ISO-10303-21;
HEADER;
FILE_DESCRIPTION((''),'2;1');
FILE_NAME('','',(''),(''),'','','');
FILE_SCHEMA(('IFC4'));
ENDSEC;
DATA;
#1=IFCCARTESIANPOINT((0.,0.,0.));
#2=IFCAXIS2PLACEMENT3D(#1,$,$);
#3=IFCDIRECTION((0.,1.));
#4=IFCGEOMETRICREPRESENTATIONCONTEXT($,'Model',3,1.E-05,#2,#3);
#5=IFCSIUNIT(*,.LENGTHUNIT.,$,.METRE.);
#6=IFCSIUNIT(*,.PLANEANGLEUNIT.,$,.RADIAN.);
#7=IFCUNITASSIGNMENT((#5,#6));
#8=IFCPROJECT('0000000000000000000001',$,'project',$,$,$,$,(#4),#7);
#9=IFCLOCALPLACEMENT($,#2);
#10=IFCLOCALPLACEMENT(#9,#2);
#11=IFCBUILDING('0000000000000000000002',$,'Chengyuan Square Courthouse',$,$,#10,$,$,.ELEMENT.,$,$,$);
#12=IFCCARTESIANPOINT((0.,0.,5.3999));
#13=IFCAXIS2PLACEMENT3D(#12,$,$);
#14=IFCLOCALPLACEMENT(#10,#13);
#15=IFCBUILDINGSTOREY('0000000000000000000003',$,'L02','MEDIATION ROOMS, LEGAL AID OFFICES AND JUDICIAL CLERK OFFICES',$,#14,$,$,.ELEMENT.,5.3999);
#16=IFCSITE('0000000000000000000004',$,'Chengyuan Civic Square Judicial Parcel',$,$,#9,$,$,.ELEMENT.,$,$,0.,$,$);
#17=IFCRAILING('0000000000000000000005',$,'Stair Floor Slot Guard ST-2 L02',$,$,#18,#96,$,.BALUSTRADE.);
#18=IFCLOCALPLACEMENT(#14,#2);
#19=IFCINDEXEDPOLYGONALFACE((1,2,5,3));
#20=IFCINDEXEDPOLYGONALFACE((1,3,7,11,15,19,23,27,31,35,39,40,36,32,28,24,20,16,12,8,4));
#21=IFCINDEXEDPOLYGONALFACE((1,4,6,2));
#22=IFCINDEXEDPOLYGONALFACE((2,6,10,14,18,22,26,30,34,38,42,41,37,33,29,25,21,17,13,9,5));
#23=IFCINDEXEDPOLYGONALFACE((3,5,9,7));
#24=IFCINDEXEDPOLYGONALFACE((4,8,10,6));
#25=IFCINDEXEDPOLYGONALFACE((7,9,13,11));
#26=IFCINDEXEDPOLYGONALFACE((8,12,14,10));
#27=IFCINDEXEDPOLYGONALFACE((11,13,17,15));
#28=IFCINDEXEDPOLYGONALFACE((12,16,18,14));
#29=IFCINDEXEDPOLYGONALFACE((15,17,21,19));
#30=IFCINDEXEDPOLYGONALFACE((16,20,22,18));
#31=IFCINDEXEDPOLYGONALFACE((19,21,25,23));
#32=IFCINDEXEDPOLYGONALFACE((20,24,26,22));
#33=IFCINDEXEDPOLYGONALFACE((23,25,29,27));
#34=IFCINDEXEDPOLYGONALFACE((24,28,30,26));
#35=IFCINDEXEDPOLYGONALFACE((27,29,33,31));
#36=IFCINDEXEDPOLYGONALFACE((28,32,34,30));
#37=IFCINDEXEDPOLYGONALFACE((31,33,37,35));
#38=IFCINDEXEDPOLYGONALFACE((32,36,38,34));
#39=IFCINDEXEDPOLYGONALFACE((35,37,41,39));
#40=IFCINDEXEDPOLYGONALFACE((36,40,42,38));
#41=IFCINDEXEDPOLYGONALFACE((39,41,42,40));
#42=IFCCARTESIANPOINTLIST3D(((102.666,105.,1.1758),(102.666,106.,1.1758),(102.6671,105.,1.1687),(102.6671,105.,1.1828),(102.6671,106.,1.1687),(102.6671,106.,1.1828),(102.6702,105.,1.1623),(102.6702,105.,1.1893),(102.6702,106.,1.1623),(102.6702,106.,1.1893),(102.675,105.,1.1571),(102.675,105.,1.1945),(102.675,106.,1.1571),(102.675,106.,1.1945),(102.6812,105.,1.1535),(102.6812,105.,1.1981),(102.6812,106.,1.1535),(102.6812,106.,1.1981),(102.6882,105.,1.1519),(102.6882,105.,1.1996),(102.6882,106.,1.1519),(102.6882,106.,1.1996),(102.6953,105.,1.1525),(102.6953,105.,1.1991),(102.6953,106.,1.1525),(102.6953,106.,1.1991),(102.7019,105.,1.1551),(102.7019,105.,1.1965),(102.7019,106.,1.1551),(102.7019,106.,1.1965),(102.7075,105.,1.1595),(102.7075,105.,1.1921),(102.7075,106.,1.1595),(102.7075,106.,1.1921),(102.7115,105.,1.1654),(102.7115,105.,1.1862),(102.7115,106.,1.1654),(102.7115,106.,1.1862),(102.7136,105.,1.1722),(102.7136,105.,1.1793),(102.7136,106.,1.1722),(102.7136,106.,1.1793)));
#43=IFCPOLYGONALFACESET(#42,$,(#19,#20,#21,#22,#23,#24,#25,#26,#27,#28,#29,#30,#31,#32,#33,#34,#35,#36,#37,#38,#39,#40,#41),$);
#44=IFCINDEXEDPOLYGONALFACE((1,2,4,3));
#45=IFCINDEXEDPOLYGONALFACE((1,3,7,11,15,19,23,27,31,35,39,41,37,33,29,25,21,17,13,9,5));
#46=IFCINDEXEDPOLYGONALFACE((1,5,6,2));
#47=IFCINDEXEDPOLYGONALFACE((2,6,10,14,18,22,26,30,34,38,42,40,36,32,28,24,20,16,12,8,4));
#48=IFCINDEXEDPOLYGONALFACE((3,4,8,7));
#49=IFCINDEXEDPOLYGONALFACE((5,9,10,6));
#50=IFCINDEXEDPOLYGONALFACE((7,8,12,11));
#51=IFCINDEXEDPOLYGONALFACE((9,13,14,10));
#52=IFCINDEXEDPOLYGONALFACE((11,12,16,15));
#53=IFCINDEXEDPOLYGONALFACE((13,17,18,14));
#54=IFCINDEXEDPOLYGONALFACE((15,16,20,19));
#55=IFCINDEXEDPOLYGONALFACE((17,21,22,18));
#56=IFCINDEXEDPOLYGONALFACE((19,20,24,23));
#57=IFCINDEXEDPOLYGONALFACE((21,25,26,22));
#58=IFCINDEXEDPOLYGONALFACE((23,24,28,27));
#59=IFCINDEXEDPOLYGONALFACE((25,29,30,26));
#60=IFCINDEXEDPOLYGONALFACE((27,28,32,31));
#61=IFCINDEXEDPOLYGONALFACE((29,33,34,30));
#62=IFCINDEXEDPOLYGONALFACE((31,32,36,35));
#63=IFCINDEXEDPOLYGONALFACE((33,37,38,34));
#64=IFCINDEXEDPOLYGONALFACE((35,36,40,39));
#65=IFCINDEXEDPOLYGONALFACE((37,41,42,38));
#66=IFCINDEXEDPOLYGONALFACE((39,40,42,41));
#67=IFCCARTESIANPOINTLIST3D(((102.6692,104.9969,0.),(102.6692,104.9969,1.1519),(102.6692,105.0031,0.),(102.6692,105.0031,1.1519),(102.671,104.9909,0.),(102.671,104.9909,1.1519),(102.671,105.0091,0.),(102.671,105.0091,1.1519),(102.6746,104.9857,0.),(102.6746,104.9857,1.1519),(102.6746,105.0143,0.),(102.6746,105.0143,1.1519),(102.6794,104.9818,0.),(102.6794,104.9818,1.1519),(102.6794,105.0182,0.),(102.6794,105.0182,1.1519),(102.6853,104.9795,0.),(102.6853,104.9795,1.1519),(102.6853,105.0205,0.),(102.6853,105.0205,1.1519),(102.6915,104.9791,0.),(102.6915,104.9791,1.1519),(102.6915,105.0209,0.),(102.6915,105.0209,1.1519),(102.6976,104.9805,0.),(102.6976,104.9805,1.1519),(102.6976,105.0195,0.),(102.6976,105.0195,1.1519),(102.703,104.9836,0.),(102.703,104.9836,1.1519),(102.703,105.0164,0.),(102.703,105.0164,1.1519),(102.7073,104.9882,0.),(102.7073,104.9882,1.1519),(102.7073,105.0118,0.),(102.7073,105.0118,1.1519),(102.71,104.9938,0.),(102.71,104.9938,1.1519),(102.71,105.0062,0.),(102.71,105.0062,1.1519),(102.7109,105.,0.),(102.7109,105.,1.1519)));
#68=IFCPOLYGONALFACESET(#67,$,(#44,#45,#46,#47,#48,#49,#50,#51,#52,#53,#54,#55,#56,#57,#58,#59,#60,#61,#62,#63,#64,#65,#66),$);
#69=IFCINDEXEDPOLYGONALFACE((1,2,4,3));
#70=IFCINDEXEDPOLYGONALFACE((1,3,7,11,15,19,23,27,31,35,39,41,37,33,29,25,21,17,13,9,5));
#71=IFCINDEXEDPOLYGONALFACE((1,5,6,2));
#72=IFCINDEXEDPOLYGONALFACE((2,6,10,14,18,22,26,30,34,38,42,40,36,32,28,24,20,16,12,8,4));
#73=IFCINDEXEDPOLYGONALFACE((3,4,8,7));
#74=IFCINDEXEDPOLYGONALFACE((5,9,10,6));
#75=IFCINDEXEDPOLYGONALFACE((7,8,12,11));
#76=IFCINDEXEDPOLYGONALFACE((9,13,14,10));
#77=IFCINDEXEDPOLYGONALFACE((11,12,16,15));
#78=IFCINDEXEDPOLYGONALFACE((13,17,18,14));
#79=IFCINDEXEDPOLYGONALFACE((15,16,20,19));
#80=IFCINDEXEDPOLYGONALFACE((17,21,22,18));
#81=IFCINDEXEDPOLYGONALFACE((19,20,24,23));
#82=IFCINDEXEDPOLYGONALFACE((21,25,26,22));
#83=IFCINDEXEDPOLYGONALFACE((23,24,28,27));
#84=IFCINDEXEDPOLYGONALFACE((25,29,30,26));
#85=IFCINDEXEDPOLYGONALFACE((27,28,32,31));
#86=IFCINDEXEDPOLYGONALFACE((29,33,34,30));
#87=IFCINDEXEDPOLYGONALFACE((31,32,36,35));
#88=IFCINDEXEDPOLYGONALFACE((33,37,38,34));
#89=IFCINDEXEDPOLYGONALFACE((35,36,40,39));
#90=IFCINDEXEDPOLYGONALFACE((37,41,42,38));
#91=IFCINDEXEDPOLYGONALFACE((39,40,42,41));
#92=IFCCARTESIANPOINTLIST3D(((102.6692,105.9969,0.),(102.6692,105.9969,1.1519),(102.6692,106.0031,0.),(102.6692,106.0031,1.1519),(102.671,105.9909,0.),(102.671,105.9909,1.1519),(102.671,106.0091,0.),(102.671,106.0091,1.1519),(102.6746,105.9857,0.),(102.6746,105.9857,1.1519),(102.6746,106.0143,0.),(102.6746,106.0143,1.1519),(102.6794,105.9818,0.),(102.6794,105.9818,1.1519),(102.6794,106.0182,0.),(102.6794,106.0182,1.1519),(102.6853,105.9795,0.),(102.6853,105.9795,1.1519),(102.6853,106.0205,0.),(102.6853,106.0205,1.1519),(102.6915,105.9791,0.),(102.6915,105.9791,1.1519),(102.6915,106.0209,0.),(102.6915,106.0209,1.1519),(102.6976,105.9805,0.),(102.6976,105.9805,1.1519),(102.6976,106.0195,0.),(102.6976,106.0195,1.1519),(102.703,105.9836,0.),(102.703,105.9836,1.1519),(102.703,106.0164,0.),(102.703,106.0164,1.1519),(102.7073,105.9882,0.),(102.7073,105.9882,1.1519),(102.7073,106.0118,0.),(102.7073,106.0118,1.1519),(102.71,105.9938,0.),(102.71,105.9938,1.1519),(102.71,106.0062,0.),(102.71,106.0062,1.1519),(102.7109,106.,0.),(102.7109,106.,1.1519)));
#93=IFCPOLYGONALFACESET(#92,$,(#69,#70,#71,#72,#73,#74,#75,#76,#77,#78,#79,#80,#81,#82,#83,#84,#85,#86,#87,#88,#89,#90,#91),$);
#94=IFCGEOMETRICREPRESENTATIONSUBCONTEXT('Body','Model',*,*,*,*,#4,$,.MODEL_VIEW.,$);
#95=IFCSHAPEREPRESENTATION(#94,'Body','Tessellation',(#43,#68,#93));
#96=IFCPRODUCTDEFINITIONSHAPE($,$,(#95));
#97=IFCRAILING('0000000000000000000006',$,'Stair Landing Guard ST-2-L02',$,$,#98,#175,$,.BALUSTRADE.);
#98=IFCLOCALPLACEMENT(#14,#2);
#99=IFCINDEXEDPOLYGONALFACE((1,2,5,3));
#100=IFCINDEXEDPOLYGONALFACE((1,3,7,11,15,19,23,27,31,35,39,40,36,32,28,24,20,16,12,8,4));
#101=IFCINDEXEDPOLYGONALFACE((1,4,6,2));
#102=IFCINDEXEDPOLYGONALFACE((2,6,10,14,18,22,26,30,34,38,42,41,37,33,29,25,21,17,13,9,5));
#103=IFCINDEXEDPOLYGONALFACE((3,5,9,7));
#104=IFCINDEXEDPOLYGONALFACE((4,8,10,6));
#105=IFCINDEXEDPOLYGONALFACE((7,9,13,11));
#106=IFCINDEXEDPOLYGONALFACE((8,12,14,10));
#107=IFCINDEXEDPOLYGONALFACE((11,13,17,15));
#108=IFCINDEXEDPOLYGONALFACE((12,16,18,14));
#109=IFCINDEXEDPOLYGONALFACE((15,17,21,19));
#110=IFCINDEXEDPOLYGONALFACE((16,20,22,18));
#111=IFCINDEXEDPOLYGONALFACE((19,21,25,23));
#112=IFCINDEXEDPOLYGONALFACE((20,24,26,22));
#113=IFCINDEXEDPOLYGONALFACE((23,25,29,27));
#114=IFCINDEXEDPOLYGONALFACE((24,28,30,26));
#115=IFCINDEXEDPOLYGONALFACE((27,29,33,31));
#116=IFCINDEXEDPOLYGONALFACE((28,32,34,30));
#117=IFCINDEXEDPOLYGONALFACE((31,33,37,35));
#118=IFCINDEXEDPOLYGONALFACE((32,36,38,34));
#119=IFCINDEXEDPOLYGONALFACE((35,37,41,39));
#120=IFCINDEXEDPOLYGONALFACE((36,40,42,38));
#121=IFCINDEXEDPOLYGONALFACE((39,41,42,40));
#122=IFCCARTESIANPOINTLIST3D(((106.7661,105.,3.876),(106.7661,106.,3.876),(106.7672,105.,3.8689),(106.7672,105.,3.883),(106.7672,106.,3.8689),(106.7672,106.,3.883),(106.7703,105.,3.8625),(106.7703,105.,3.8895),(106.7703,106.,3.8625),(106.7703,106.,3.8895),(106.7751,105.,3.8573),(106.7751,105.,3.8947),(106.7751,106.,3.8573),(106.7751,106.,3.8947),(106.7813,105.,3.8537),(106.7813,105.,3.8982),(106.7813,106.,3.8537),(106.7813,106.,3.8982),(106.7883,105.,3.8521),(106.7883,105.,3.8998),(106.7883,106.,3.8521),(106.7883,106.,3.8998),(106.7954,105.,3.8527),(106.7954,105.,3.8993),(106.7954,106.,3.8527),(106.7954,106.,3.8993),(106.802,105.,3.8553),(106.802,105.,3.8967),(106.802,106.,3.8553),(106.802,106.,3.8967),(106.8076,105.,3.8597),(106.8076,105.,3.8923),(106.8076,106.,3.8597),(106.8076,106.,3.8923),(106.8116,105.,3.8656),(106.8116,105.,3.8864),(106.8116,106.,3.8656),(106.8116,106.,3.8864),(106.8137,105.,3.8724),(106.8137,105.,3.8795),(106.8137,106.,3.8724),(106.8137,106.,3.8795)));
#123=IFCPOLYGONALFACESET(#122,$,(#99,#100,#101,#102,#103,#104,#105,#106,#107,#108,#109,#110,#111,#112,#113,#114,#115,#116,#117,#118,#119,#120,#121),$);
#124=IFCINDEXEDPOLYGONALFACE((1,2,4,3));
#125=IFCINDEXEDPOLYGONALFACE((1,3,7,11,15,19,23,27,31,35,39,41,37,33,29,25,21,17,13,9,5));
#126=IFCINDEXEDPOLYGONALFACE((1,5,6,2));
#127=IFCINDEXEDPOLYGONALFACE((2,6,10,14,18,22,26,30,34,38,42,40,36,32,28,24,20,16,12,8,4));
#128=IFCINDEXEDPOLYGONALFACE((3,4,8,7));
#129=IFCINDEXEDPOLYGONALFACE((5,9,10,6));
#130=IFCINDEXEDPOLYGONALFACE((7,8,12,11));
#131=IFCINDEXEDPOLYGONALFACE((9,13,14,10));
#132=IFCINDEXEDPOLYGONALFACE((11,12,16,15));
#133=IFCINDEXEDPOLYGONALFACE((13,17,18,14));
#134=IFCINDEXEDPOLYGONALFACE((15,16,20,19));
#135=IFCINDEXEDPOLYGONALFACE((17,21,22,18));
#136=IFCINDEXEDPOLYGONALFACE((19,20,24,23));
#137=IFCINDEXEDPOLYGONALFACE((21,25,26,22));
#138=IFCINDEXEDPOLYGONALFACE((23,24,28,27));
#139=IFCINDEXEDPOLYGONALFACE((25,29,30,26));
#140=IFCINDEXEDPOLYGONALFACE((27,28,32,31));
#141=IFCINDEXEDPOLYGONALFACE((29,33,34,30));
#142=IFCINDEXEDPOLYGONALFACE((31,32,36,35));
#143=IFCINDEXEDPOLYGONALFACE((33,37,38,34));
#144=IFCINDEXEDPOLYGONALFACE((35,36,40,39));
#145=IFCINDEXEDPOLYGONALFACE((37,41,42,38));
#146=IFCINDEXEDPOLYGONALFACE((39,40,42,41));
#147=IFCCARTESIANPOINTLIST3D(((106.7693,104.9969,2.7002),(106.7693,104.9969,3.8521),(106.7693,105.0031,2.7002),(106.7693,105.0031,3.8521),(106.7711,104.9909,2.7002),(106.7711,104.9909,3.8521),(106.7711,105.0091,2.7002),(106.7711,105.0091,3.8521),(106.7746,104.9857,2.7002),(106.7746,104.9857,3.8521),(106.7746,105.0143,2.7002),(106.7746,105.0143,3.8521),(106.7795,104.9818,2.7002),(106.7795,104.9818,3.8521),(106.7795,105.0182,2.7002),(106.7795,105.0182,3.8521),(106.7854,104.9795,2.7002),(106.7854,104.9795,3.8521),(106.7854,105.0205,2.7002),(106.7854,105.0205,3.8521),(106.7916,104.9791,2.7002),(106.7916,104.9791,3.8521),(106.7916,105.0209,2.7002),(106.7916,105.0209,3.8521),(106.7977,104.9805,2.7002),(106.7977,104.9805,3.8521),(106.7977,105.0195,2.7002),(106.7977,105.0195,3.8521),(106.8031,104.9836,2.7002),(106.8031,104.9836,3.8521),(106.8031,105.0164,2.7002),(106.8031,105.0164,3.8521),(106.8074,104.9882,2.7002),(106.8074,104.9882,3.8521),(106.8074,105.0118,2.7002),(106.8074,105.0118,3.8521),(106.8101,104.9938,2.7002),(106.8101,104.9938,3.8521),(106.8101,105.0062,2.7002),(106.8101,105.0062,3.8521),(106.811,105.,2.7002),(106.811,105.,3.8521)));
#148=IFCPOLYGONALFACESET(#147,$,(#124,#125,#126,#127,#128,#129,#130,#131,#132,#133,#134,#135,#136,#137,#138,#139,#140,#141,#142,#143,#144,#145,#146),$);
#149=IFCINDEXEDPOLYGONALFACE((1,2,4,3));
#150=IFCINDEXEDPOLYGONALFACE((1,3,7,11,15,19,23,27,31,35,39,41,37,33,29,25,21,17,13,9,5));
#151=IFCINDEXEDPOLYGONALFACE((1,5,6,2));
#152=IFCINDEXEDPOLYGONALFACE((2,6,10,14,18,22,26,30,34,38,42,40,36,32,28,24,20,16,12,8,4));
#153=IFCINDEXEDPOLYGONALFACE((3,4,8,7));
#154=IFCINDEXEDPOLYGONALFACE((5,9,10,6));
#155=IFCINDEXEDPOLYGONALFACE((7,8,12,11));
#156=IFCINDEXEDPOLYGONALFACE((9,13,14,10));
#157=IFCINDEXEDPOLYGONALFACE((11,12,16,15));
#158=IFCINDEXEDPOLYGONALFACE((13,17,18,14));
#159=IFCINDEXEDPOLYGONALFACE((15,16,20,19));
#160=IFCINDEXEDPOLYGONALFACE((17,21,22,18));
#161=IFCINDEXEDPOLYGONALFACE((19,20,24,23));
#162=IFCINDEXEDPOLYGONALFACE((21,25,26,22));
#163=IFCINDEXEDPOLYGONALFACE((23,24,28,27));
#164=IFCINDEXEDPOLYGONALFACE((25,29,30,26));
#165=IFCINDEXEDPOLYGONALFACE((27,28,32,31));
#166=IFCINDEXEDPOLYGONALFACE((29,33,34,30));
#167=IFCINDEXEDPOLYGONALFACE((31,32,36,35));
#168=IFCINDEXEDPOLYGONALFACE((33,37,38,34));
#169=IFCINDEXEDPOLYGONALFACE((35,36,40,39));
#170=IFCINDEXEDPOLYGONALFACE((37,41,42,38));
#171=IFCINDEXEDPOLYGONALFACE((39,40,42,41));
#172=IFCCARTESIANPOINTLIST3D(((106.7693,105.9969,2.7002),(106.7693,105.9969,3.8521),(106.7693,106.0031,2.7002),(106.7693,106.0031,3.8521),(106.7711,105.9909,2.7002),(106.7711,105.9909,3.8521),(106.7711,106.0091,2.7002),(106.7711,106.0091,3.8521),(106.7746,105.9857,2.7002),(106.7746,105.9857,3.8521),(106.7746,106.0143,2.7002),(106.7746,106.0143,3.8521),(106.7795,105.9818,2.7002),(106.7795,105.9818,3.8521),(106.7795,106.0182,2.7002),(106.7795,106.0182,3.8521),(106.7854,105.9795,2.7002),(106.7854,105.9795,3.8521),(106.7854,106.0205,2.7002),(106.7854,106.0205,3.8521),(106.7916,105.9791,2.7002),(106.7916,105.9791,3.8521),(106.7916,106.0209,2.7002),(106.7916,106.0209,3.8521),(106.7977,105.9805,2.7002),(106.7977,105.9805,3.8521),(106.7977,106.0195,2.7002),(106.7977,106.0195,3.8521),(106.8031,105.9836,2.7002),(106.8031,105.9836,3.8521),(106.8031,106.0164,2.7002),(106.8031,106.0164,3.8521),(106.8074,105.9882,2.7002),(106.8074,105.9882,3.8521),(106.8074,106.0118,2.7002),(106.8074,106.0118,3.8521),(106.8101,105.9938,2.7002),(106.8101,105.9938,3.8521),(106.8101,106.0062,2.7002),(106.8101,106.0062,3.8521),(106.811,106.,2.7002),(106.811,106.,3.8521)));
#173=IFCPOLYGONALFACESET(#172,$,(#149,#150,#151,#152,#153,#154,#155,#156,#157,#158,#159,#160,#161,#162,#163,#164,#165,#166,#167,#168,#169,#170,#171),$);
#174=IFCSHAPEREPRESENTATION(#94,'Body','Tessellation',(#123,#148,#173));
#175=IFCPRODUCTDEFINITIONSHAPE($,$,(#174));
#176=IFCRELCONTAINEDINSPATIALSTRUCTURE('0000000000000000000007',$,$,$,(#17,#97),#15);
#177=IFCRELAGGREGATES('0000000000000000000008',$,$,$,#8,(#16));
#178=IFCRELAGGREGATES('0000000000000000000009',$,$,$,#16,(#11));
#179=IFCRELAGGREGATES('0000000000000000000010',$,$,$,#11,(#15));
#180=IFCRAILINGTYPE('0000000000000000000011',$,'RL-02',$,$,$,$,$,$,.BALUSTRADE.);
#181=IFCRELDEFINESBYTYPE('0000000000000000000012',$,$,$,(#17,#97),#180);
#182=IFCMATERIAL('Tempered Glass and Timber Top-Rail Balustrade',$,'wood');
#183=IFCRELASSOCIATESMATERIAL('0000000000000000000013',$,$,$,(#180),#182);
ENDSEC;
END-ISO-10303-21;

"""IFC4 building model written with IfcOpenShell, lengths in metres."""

from ifc_helpers import new_model, si_unit, direction, frame, origin, origin_2d, place, context, subcontext, project, spatial, circle, extrude, material, type_object, element, save


model = new_model("IFC4")

# Units and contexts
model_context = context("Model", 3, precision=1e-05, world=origin(), true_north=direction((0.0, 1.0)))
body_context = subcontext(model_context, "Body", "Model", "MODEL_VIEW")
ifc_project = project(units=[si_unit("LENGTHUNIT", "METRE"), si_unit("PLANEANGLEUNIT", "RADIAN")], contexts=[model_context])

# Site, building, storey
site_placement = place(None, origin())
site = spatial("IfcSite", under=ifc_project, at=site_placement, Name="Chengyuan Civic Square Judicial Parcel", CompositionType="ELEMENT", RefElevation=0.0)
building_placement = place(site_placement, origin())
building = spatial("IfcBuilding", under=site, at=building_placement, Name="Chengyuan Square Courthouse", CompositionType="ELEMENT")
storey_placement = place(building_placement, frame((0.0, 0.0, 5.3999)))
storey = spatial("IfcBuildingStorey", under=building, at=storey_placement, Name="L02", Description="MEDIATION ROOMS, LEGAL AID OFFICES AND JUDICIAL CLERK OFFICES", CompositionType="ELEMENT", Elevation=5.3999)

# Railings
ifc_material_1 = material(Name="Tempered Glass and Timber Top-Rail Balustrade", Category="wood")
railing_type_1 = type_object("IfcRailingType", Name="RL-02", PredefinedType="BALUSTRADE", material=ifc_material_1)
for number, where, name in (
    (1, (102.6899, 105.0, 0.0), "Stair Floor Slot Guard ST-2 L02"),
    (2, (106.79, 105.0, 2.7002), "Stair Landing Guard ST-2-L02"),
):
    element("IfcRailing", number, at=place(storey_placement, frame(where)), inside=storey, type_object=railing_type_1, Name=name, PredefinedType="BALUSTRADE", context=body_context, shape_type="SweptSolid", body=[
        extrude(circle(Radius=0.0239, at=origin_2d()), frame((0.0, 0.0, 1.1758), z_axis=(0.0, 1.0, 0.0), x_axis=(-1.0, 0.0, 0.0)), (0.0, 0.0, 1.0), 1.0),
        extrude(circle(Radius=0.021, at=origin_2d()), origin(), (0.0, 0.0, 1.0), 1.1519),
        extrude(circle(Radius=0.021, at=origin_2d()), frame((0.0, 1.0, 0.0)), (0.0, 0.0, 1.0), 1.1519),
    ])

save(model, "model.ifc")
